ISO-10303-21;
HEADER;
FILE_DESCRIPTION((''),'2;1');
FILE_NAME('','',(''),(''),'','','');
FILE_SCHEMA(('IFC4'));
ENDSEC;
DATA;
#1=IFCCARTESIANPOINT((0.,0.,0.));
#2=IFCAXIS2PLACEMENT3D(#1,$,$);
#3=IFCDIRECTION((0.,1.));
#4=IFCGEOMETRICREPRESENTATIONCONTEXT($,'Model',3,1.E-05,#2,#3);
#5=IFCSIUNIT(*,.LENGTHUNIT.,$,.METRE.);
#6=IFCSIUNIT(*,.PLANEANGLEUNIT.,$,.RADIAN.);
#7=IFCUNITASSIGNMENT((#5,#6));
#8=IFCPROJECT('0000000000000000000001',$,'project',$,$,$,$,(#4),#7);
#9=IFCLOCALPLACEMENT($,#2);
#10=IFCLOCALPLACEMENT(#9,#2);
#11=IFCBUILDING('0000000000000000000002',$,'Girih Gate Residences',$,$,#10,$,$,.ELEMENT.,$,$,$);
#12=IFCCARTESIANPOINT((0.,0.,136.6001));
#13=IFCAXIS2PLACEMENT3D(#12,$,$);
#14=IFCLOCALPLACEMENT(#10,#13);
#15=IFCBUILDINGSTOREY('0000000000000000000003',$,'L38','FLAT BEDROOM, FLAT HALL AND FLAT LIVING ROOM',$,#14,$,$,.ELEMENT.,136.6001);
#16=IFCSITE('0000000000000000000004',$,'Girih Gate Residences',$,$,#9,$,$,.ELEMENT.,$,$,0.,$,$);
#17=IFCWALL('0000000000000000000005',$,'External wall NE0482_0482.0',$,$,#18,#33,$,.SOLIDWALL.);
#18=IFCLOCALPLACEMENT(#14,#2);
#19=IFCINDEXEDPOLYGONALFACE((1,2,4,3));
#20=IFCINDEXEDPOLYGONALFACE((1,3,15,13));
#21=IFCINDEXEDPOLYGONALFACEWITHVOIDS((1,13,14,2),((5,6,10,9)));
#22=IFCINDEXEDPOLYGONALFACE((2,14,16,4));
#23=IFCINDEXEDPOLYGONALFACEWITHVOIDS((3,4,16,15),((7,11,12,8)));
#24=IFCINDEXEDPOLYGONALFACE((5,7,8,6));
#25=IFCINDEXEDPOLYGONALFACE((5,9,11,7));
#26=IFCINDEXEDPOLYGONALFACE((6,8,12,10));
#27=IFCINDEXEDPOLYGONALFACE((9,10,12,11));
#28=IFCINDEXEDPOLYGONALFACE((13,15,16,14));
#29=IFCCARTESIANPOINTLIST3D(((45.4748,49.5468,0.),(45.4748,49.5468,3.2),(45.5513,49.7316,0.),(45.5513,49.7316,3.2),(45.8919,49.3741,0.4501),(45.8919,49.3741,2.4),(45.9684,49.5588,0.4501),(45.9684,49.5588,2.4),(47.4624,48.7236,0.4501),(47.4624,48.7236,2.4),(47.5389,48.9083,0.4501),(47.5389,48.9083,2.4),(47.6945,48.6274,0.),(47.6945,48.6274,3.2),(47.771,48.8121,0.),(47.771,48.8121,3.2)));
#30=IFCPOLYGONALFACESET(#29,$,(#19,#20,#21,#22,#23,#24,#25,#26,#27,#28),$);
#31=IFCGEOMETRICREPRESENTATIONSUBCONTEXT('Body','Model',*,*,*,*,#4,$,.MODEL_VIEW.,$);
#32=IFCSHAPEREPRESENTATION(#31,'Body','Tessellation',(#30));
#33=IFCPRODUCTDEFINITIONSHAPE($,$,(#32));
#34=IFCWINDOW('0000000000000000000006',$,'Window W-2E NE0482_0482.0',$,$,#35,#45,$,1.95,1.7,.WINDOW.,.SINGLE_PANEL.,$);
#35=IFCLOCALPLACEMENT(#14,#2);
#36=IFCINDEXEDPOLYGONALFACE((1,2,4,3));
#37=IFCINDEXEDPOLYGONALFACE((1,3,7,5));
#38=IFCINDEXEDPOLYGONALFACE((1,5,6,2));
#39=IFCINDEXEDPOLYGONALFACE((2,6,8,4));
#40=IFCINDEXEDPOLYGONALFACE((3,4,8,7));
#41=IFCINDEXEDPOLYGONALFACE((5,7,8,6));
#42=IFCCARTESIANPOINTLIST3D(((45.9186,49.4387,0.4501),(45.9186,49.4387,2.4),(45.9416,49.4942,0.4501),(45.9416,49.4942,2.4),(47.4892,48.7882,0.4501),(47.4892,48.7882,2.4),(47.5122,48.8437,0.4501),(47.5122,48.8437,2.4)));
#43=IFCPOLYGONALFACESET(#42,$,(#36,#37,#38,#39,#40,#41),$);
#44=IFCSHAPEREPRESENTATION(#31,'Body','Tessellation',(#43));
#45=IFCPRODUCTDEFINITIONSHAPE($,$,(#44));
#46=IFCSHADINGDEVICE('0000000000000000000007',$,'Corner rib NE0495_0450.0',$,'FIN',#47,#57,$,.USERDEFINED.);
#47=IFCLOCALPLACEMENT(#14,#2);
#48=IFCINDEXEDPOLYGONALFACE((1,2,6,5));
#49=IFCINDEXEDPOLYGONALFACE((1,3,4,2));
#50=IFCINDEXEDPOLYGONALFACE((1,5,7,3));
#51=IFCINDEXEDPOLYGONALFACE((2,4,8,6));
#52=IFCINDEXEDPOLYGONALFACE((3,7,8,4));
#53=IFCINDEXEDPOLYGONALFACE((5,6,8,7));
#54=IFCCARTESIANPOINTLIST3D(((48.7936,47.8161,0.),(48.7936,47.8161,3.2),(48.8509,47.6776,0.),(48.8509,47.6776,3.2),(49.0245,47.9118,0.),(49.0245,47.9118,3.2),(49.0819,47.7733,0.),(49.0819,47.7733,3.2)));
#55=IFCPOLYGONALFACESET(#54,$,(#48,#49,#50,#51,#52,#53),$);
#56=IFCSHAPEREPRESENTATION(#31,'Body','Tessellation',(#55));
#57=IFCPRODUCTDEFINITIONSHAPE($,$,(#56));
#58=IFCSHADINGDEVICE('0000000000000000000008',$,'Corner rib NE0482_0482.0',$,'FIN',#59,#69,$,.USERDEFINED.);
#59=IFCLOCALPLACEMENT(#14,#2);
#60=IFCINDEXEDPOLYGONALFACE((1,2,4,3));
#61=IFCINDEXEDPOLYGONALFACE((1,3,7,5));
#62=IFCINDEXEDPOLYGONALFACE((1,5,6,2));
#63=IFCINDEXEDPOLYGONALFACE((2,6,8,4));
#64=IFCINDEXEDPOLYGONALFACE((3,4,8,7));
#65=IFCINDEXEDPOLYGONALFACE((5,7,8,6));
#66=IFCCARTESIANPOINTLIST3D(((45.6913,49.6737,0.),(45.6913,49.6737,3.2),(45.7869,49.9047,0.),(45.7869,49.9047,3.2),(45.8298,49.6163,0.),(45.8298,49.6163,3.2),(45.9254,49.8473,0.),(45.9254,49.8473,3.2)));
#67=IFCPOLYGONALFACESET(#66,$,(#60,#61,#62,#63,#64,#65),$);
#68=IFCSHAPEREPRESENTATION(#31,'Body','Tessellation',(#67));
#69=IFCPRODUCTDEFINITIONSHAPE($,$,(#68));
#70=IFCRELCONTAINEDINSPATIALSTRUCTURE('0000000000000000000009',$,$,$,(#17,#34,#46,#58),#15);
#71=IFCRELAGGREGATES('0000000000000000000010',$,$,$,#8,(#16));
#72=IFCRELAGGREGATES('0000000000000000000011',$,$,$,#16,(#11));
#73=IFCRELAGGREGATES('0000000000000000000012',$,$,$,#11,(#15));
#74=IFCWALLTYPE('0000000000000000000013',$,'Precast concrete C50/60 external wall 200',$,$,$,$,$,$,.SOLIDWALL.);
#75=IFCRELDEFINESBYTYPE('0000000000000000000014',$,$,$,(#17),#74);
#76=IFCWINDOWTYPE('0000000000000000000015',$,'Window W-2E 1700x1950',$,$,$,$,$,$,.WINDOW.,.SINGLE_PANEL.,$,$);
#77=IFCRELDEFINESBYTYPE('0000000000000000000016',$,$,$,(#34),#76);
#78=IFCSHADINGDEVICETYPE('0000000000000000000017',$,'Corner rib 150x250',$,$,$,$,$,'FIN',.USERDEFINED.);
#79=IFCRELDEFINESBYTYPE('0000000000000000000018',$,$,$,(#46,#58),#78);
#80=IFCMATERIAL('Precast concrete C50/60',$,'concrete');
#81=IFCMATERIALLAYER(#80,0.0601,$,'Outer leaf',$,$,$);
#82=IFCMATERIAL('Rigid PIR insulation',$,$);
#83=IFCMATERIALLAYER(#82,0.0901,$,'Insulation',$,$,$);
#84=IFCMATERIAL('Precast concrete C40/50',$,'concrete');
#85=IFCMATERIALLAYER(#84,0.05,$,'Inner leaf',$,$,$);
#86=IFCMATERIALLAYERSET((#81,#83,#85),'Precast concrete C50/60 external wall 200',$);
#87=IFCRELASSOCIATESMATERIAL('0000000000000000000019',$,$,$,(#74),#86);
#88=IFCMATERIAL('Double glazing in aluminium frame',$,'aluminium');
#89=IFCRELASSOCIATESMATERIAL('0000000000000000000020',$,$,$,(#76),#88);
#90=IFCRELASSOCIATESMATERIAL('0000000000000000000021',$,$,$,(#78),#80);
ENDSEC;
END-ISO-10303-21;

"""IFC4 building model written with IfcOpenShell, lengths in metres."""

from ifc_helpers import new_model, si_unit, direction, frame, frame_2d, origin, origin_2d, place, context, subcontext, project, spatial, rectangle, extrude, material, layer, layer_set, type_object, element, fill, save


model = new_model("IFC4")

# Units and contexts
model_context = context("Model", 3, precision=1e-05, world=origin(), true_north=direction((0.0, 1.0)))
body_context = subcontext(model_context, "Body", "Model", "MODEL_VIEW")
ifc_project = project(units=[si_unit("LENGTHUNIT", "METRE"), si_unit("PLANEANGLEUNIT", "RADIAN")], contexts=[model_context])

# Site, building, storey
site_placement = place(None, origin())
site = spatial("IfcSite", under=ifc_project, at=site_placement, Name="Girih Gate Residences", CompositionType="ELEMENT", RefElevation=0.0)
building_placement = place(site_placement, origin())
building = spatial("IfcBuilding", under=site, at=building_placement, Name="Girih Gate Residences", CompositionType="ELEMENT")
storey_placement = place(building_placement, frame((0.0, 0.0, 136.6001)))
storey = spatial("IfcBuildingStorey", under=building, at=storey_placement, Name="L38", Description="FLAT BEDROOM, FLAT HALL AND FLAT LIVING ROOM", CompositionType="ELEMENT", Elevation=136.6001)

# Wall, opening, window
ifc_material_1 = material(Name="Precast concrete C50/60", Category="concrete")
ifc_layer_1 = layer(ifc_material_1, 0.0601, Name="Outer leaf")
ifc_material_2 = material(Name="Rigid PIR insulation")
ifc_layer_2 = layer(ifc_material_2, 0.0901, Name="Insulation")
ifc_material_3 = material(Name="Precast concrete C40/50", Category="concrete")
ifc_layer_3 = layer(ifc_material_3, 0.05, Name="Inner leaf")
ifc_layer_set_1 = layer_set([ifc_layer_1, ifc_layer_2, ifc_layer_3], Name="Precast concrete C50/60 external wall 200")
wall_type_1 = type_object("IfcWallType", Name="Precast concrete C50/60 external wall 200", PredefinedType="SOLIDWALL", material=ifc_layer_set_1)
ifc_material_4 = material(Name="Double glazing in aluminium frame", Category="aluminium")
window_type_1 = type_object("IfcWindowType", Name="Window W-2E 1700x1950", PartitioningType="SINGLE_PANEL", PredefinedType="WINDOW", material=ifc_material_4)
wall_1_placement = place(storey_placement, frame((45.5132, 49.6392, 0.0), z_axis=(0.0, 0.0, 1.0), x_axis=(0.923881, -0.382681, 0.0)))
wall_1 = element("IfcWall", 1, at=wall_1_placement, inside=storey, type_object=wall_type_1, Name="External wall NE0482_0482.0", PredefinedType="SOLIDWALL", context=body_context, shape_type="SweptSolid", body=[
    extrude(rectangle(XDim=2.4026, YDim=0.2, at=frame_2d((1.2012, 0.0))), origin(), (0.0, 0.0, 1.0), 3.2),
])
opening_1_placement = place(wall_1_placement, frame((0.4512, 0.0, 0.45)))
opening_1 = element("IfcOpeningElement", 2, at=opening_1_placement, cuts=wall_1, PredefinedType="OPENING", context=body_context, shape_type="SweptSolid", body=[
    extrude(rectangle(XDim=1.7, YDim=1.95, at=frame_2d((0.8501, 0.9751))), frame((0.0, 0.1099, 0.0), z_axis=(0.0, -1.0, 0.0), x_axis=(1.0, 0.0, 0.0)), (0.0, 0.0, 1.0), 0.22),
])
window_1_placement = place(opening_1_placement, origin())
window_1 = element("IfcWindow", 3, at=window_1_placement, inside=storey, type_object=window_type_1, Name="Window W-2E NE0482_0482.0", OverallHeight=1.95, OverallWidth=1.7, PartitioningType="SINGLE_PANEL", PredefinedType="WINDOW", context=body_context, shape_type="SweptSolid", body=[
    extrude(rectangle(XDim=1.7, YDim=1.95, at=frame_2d((0.8501, 0.9751))), frame((0.0, 0.03, 0.0), z_axis=(0.0, -1.0, 0.0), x_axis=(1.0, 0.0, 0.0)), (0.0, 0.0, 1.0), 0.0601),
])
fill(opening_1, window_1)

# Shading devices
shading_device_type = type_object("IfcShadingDeviceType", Name="Corner rib 150x250", ElementType="FIN", PredefinedType="USERDEFINED", material=ifc_material_1)
for number, where, z_axis, x_axis, name in (
    (4, (48.9377, 47.7947, 0.0), (0.0, 0.0, 1.0), (-0.382683, 0.92388, 0.0), "Corner rib NE0495_0450.0"),
    (5, (45.8083, 49.7605, 0.0), (0.0, 0.0, 1.0), (-0.92388, 0.382683, 0.0), "Corner rib NE0482_0482.0"),
):
    element("IfcShadingDevice", number, at=place(storey_placement, frame(where, z_axis=z_axis, x_axis=x_axis)), inside=storey, type_object=shading_device_type, Name=name, ObjectType="FIN", PredefinedType="USERDEFINED", context=body_context, shape_type="SweptSolid", body=[
        extrude(rectangle(XDim=0.1499, YDim=0.25, at=origin_2d()), origin(), (0.0, 0.0, 1.0), 3.2),
    ])

save(model, "model.ifc")
